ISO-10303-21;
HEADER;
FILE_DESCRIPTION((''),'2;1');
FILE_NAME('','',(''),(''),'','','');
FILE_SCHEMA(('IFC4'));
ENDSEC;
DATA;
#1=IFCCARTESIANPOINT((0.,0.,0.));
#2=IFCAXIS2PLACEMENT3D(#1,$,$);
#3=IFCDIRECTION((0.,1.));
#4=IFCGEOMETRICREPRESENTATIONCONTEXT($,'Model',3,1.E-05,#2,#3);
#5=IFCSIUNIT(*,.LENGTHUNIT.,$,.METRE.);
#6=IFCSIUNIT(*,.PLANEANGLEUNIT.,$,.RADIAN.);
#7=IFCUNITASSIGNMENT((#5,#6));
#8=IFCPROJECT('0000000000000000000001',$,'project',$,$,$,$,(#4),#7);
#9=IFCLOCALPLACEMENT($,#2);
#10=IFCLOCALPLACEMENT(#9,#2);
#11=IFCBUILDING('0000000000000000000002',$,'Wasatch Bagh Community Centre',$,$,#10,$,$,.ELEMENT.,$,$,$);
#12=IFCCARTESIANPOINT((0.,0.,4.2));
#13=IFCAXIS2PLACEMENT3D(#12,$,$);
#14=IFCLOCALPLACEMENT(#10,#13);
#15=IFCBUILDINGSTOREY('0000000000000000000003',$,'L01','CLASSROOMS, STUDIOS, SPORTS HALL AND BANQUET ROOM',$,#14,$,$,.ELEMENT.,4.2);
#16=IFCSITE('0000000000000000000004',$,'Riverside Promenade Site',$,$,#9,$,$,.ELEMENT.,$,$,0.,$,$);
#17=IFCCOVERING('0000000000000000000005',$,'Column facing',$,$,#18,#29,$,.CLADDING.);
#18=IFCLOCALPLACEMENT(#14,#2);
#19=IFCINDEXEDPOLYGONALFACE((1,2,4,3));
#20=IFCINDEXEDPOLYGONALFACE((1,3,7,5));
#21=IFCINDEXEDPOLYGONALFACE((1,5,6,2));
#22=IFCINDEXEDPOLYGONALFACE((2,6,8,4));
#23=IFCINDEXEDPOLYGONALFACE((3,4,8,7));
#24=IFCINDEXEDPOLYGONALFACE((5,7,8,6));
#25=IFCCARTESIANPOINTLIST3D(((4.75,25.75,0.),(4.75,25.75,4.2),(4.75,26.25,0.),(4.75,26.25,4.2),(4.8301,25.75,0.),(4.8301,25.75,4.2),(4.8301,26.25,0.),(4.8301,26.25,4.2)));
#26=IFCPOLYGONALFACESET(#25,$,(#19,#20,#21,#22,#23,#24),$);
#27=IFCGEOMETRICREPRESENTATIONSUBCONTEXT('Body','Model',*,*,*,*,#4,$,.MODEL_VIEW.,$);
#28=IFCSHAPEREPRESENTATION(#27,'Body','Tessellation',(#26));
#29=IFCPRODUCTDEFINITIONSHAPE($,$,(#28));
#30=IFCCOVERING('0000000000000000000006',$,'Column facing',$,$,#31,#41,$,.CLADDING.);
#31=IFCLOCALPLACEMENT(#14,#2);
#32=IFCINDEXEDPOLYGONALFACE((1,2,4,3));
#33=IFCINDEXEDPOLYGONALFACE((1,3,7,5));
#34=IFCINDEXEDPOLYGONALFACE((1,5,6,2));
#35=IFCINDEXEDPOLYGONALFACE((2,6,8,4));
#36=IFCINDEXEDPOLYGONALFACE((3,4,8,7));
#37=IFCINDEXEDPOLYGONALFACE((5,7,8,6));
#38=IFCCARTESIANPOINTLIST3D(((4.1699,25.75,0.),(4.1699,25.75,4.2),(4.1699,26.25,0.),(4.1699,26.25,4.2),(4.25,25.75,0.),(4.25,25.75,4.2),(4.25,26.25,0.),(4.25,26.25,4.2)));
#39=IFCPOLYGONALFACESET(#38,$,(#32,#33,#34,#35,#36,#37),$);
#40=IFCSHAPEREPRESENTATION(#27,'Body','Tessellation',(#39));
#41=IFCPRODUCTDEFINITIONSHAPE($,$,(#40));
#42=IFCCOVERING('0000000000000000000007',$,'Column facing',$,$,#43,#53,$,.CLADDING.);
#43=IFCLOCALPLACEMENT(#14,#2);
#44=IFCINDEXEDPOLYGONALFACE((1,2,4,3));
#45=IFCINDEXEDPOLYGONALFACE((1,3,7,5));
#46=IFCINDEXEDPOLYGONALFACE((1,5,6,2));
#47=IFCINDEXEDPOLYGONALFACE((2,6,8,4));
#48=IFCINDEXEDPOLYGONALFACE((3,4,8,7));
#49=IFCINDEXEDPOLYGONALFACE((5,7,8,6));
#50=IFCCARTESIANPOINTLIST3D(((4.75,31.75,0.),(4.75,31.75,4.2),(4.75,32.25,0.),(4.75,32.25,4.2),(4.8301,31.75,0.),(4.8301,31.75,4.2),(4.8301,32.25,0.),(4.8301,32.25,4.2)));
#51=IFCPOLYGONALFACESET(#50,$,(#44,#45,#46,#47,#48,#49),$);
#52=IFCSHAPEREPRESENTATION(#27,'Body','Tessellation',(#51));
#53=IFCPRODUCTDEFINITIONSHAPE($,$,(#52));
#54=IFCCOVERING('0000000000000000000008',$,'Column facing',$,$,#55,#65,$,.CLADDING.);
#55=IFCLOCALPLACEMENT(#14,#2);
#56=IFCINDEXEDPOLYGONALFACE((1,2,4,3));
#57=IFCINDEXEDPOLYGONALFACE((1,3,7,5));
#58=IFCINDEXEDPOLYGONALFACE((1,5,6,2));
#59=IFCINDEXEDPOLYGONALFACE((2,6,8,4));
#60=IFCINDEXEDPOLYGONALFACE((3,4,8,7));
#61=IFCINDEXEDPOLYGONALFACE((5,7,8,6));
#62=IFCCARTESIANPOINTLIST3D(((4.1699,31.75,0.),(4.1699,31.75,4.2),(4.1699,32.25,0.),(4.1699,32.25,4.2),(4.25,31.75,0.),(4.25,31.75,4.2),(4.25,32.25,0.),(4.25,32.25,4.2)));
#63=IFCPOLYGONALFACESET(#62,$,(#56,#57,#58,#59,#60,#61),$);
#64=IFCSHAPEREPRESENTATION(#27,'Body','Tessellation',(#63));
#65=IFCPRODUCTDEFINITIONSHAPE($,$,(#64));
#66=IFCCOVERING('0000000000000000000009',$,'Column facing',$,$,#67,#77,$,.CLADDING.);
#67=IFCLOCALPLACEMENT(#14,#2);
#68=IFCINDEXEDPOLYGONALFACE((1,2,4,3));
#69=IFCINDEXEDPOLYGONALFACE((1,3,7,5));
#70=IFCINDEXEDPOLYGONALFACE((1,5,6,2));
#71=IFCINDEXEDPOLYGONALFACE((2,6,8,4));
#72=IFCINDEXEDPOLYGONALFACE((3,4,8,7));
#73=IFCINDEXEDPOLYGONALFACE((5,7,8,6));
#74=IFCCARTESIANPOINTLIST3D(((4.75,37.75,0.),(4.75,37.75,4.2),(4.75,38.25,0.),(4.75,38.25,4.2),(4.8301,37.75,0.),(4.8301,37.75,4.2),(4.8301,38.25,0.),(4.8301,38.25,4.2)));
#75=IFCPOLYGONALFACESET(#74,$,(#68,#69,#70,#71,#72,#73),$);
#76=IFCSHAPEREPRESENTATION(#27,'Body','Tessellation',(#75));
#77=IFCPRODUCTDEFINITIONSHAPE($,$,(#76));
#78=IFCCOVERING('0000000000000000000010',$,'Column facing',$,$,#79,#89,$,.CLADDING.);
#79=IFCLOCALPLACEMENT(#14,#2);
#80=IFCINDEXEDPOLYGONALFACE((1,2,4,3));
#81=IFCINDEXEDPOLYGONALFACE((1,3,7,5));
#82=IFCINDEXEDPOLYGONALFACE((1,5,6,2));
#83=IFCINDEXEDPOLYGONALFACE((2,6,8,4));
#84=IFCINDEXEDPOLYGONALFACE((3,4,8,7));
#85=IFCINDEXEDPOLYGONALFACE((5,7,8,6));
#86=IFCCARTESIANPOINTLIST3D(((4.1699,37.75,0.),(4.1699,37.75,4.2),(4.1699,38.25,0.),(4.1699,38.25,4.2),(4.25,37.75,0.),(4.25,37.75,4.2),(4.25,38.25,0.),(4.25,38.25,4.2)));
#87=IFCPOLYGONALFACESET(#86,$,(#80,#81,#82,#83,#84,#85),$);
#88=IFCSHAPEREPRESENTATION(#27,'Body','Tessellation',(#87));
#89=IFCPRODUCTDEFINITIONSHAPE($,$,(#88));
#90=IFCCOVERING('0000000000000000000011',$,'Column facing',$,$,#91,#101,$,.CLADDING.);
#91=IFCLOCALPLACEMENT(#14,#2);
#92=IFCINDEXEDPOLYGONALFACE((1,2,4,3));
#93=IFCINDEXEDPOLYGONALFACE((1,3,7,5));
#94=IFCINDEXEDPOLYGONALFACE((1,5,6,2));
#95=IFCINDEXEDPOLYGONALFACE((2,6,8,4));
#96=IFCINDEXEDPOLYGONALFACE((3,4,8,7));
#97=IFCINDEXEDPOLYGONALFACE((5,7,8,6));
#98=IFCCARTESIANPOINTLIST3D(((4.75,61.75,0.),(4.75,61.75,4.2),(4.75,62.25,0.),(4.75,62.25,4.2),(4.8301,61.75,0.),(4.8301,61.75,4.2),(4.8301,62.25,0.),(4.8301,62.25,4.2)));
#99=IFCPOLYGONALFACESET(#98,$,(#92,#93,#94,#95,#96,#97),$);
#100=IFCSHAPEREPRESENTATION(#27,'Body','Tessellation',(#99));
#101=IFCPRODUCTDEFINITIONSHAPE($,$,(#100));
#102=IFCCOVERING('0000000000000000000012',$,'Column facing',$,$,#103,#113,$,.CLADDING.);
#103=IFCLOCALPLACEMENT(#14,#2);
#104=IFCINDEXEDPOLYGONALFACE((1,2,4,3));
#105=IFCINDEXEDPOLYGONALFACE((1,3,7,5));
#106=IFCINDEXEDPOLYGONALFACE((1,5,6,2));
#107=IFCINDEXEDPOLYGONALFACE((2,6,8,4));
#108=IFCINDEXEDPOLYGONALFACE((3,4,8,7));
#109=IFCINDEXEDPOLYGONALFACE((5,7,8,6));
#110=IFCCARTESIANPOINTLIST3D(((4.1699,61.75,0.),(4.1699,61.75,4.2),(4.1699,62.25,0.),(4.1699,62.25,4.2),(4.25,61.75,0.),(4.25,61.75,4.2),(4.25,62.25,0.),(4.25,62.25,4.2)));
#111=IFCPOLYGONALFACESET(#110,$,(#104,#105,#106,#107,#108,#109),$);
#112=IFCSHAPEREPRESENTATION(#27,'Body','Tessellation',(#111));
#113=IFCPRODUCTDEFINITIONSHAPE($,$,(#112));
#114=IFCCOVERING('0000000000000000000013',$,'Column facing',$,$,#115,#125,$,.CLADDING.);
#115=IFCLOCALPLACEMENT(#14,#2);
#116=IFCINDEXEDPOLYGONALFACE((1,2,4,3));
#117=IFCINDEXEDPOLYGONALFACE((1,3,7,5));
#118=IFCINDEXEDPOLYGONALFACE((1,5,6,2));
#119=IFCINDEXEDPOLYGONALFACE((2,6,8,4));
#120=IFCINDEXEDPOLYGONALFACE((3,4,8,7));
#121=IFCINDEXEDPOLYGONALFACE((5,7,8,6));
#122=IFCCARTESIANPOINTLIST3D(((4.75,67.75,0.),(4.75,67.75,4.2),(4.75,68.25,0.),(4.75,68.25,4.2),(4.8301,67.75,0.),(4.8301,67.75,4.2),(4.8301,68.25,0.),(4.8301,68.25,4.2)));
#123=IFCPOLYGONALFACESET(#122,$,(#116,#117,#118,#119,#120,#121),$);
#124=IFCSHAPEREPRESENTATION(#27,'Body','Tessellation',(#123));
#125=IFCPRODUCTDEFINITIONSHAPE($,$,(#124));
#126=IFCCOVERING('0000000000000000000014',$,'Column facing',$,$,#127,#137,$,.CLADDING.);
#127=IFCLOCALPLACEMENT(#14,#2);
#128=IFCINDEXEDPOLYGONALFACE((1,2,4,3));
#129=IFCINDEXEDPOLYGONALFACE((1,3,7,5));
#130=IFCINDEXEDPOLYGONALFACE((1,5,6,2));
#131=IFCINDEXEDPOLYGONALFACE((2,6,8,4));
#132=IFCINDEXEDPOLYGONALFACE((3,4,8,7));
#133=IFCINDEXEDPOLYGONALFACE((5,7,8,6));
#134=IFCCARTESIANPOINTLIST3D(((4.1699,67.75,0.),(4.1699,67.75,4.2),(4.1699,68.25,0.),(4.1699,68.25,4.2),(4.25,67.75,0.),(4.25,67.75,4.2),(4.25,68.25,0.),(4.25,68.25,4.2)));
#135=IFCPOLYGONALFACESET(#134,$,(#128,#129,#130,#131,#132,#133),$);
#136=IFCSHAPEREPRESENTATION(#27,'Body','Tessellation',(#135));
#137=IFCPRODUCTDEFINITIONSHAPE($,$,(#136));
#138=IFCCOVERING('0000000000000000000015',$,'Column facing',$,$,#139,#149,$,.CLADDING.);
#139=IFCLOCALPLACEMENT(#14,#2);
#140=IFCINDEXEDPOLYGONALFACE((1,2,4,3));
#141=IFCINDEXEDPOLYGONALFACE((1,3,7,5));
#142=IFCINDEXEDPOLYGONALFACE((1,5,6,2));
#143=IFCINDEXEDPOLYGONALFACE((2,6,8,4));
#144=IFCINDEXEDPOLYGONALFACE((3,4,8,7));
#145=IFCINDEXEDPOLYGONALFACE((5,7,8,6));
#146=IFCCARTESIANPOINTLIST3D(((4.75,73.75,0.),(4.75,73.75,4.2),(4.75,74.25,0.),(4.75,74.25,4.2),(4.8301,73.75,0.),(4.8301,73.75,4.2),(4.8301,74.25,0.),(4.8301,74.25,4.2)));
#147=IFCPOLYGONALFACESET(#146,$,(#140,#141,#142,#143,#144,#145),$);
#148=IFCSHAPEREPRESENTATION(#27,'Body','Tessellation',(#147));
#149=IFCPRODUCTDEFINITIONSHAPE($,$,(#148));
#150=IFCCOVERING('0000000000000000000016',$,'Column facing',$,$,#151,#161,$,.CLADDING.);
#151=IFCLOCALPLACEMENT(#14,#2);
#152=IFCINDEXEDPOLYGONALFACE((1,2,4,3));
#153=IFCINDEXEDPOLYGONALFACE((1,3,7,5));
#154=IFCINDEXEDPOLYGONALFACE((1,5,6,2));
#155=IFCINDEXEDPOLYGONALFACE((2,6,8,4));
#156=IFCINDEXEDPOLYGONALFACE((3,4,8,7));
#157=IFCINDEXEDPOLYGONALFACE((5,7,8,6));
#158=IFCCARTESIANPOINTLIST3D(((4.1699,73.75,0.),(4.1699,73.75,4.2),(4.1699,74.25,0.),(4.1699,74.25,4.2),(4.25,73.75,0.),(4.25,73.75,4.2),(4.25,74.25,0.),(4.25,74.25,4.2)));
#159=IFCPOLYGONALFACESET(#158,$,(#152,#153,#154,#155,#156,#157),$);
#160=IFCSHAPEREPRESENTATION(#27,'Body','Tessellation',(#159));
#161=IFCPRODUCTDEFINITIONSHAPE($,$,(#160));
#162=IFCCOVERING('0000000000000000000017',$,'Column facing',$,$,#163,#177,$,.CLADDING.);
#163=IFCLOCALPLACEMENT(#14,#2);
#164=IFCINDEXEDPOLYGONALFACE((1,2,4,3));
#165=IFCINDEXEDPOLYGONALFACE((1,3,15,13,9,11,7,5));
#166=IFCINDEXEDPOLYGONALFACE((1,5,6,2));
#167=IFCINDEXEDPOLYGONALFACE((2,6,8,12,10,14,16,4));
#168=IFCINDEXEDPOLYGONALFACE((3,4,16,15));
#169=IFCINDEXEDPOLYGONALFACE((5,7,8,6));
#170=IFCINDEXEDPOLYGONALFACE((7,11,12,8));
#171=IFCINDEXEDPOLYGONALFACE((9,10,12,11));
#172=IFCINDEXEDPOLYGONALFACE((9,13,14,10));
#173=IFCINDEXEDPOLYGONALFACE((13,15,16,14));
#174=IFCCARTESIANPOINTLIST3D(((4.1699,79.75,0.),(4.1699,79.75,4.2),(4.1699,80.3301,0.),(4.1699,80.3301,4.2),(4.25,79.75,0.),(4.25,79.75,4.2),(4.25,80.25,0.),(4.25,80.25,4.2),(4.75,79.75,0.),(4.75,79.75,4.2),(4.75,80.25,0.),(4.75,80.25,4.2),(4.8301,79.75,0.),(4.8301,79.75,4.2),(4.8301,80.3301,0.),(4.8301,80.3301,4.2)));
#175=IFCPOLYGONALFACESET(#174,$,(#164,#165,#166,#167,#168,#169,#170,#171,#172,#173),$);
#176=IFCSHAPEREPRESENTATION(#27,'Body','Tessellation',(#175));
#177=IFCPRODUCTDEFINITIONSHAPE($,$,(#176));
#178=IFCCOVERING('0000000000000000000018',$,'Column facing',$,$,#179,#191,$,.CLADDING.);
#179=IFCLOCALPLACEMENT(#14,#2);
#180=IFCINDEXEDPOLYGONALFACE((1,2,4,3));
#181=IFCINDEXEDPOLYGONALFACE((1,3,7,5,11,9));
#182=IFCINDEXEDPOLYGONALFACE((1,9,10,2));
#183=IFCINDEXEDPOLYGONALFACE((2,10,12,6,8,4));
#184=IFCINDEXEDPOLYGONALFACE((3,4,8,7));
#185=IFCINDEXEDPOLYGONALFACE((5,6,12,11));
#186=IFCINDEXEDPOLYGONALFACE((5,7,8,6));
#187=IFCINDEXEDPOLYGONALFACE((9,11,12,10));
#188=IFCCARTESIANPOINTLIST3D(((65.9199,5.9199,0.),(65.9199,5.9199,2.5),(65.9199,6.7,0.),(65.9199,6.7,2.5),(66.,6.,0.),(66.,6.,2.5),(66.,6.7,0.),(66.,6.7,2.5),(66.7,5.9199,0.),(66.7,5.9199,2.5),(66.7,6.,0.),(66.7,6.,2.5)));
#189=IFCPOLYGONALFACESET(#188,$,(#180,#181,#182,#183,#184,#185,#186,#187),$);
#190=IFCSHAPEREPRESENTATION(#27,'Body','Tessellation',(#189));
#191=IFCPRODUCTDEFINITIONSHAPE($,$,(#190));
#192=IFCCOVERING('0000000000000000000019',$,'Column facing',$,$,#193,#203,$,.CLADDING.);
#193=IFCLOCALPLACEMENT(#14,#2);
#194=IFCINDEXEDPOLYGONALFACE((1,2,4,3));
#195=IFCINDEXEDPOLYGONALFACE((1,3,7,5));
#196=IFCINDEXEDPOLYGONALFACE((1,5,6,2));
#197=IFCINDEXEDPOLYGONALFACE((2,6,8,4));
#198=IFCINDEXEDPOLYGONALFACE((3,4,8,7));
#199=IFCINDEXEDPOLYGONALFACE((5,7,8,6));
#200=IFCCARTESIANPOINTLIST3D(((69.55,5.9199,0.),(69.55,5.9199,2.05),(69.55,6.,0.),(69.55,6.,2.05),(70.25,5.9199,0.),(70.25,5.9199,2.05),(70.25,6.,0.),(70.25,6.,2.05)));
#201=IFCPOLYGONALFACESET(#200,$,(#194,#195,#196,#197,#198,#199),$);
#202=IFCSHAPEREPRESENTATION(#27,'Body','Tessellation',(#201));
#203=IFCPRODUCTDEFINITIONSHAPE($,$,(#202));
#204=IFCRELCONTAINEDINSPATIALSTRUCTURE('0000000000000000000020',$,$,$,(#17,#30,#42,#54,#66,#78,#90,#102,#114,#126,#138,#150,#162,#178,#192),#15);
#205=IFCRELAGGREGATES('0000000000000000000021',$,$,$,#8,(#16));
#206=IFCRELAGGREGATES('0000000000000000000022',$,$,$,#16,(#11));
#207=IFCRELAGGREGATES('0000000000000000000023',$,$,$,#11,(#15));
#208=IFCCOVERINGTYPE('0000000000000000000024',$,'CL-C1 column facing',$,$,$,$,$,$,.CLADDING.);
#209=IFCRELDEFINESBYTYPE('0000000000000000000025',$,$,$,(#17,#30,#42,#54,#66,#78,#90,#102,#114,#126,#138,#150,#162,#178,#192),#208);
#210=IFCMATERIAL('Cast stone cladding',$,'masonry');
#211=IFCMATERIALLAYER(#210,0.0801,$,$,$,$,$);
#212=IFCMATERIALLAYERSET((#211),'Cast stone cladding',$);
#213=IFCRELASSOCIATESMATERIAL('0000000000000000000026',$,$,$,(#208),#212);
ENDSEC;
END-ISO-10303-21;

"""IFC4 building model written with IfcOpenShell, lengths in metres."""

from ifc_helpers import new_model, si_unit, direction, frame, origin, place, context, subcontext, project, spatial, polyline, outline, extrude, material, layer, layer_set, type_object, element, save


model = new_model("IFC4")

# Units and contexts
model_context = context("Model", 3, precision=1e-05, world=origin(), true_north=direction((0.0, 1.0)))
body_context = subcontext(model_context, "Body", "Model", "MODEL_VIEW")
ifc_project = project(units=[si_unit("LENGTHUNIT", "METRE"), si_unit("PLANEANGLEUNIT", "RADIAN")], contexts=[model_context])

# Site, building, storey
site_placement = place(None, origin())
site = spatial("IfcSite", under=ifc_project, at=site_placement, Name="Riverside Promenade Site", CompositionType="ELEMENT", RefElevation=0.0)
building_placement = place(site_placement, origin())
building = spatial("IfcBuilding", under=site, at=building_placement, Name="Wasatch Bagh Community Centre", CompositionType="ELEMENT")
storey_placement = place(building_placement, frame((0.0, 0.0, 4.2)))
storey = spatial("IfcBuildingStorey", under=building, at=storey_placement, Name="L01", Description="CLASSROOMS, STUDIOS, SPORTS HALL AND BANQUET ROOM", CompositionType="ELEMENT", Elevation=4.2)

# Coverings
ifc_material = material(Name="Cast stone cladding", Category="masonry")
ifc_layer = layer(ifc_material, 0.0801)
ifc_layer_set = layer_set([ifc_layer], Name="Cast stone cladding")
covering_type = type_object("IfcCoveringType", Name="CL-C1 column facing", PredefinedType="CLADDING", material=ifc_layer_set)
covering_1_placement = place(storey_placement, origin())
element("IfcCovering", 1, at=covering_1_placement, inside=storey, type_object=covering_type, Name="Column facing", PredefinedType="CLADDING", context=body_context, shape_type="SweptSolid", body=[
    extrude(outline(polyline([(4.75, 26.25), (4.8301, 26.25), (4.8301, 25.75), (4.75, 25.75), (4.75, 26.25)])), origin(), (0.0, 0.0, 1.0), 4.2),
])
covering_2_placement = place(storey_placement, origin())
element("IfcCovering", 2, at=covering_2_placement, inside=storey, type_object=covering_type, Name="Column facing", PredefinedType="CLADDING", context=body_context, shape_type="SweptSolid", body=[
    extrude(outline(polyline([(4.25, 25.75), (4.1699, 25.75), (4.1699, 26.25), (4.25, 26.25), (4.25, 25.75)])), origin(), (0.0, 0.0, 1.0), 4.2),
])
covering_3_placement = place(storey_placement, origin())
element("IfcCovering", 3, at=covering_3_placement, inside=storey, type_object=covering_type, Name="Column facing", PredefinedType="CLADDING", context=body_context, shape_type="SweptSolid", body=[
    extrude(outline(polyline([(4.75, 32.25), (4.8301, 32.25), (4.8301, 31.75), (4.75, 31.75), (4.75, 32.25)])), origin(), (0.0, 0.0, 1.0), 4.2),
])
covering_4_placement = place(storey_placement, origin())
element("IfcCovering", 4, at=covering_4_placement, inside=storey, type_object=covering_type, Name="Column facing", PredefinedType="CLADDING", context=body_context, shape_type="SweptSolid", body=[
    extrude(outline(polyline([(4.25, 31.75), (4.1699, 31.75), (4.1699, 32.25), (4.25, 32.25), (4.25, 31.75)])), origin(), (0.0, 0.0, 1.0), 4.2),
])
covering_5_placement = place(storey_placement, origin())
element("IfcCovering", 5, at=covering_5_placement, inside=storey, type_object=covering_type, Name="Column facing", PredefinedType="CLADDING", context=body_context, shape_type="SweptSolid", body=[
    extrude(outline(polyline([(4.75, 38.25), (4.8301, 38.25), (4.8301, 37.75), (4.75, 37.75), (4.75, 38.25)])), origin(), (0.0, 0.0, 1.0), 4.2),
])
covering_6_placement = place(storey_placement, origin())
element("IfcCovering", 6, at=covering_6_placement, inside=storey, type_object=covering_type, Name="Column facing", PredefinedType="CLADDING", context=body_context, shape_type="SweptSolid", body=[
    extrude(outline(polyline([(4.25, 37.75), (4.1699, 37.75), (4.1699, 38.25), (4.25, 38.25), (4.25, 37.75)])), origin(), (0.0, 0.0, 1.0), 4.2),
])
covering_7_placement = place(storey_placement, origin())
element("IfcCovering", 7, at=covering_7_placement, inside=storey, type_object=covering_type, Name="Column facing", PredefinedType="CLADDING", context=body_context, shape_type="SweptSolid", body=[
    extrude(outline(polyline([(4.75, 62.25), (4.8301, 62.25), (4.8301, 61.75), (4.75, 61.75), (4.75, 62.25)])), origin(), (0.0, 0.0, 1.0), 4.2),
])
covering_8_placement = place(storey_placement, origin())
element("IfcCovering", 8, at=covering_8_placement, inside=storey, type_object=covering_type, Name="Column facing", PredefinedType="CLADDING", context=body_context, shape_type="SweptSolid", body=[
    extrude(outline(polyline([(4.25, 61.75), (4.1699, 61.75), (4.1699, 62.25), (4.25, 62.25), (4.25, 61.75)])), origin(), (0.0, 0.0, 1.0), 4.2),
])
covering_9_placement = place(storey_placement, origin())
element("IfcCovering", 9, at=covering_9_placement, inside=storey, type_object=covering_type, Name="Column facing", PredefinedType="CLADDING", context=body_context, shape_type="SweptSolid", body=[
    extrude(outline(polyline([(4.75, 68.25), (4.8301, 68.25), (4.8301, 67.75), (4.75, 67.75), (4.75, 68.25)])), origin(), (0.0, 0.0, 1.0), 4.2),
])
covering_10_placement = place(storey_placement, origin())
element("IfcCovering", 10, at=covering_10_placement, inside=storey, type_object=covering_type, Name="Column facing", PredefinedType="CLADDING", context=body_context, shape_type="SweptSolid", body=[
    extrude(outline(polyline([(4.25, 67.75), (4.1699, 67.75), (4.1699, 68.25), (4.25, 68.25), (4.25, 67.75)])), origin(), (0.0, 0.0, 1.0), 4.2),
])
covering_11_placement = place(storey_placement, origin())
element("IfcCovering", 11, at=covering_11_placement, inside=storey, type_object=covering_type, Name="Column facing", PredefinedType="CLADDING", context=body_context, shape_type="SweptSolid", body=[
    extrude(outline(polyline([(4.75, 74.25), (4.8301, 74.25), (4.8301, 73.75), (4.75, 73.75), (4.75, 74.25)])), origin(), (0.0, 0.0, 1.0), 4.2),
])
covering_12_placement = place(storey_placement, origin())
element("IfcCovering", 12, at=covering_12_placement, inside=storey, type_object=covering_type, Name="Column facing", PredefinedType="CLADDING", context=body_context, shape_type="SweptSolid", body=[
    extrude(outline(polyline([(4.25, 73.75), (4.1699, 73.75), (4.1699, 74.25), (4.25, 74.25), (4.25, 73.75)])), origin(), (0.0, 0.0, 1.0), 4.2),
])
covering_13_placement = place(storey_placement, origin())
element("IfcCovering", 13, at=covering_13_placement, inside=storey, type_object=covering_type, Name="Column facing", PredefinedType="CLADDING", context=body_context, shape_type="SweptSolid", body=[
    extrude(outline(polyline([(4.1699, 79.75), (4.1699, 80.3301), (4.8301, 80.3301), (4.8301, 79.75), (4.75, 79.75), (4.75, 80.25), (4.25, 80.25), (4.25, 79.75), (4.1699, 79.75)])), origin(), (0.0, 0.0, 1.0), 4.2),
])
covering_14_placement = place(storey_placement, origin())
element("IfcCovering", 14, at=covering_14_placement, inside=storey, type_object=covering_type, Name="Column facing", PredefinedType="CLADDING", context=body_context, shape_type="SweptSolid", body=[
    extrude(outline(polyline([(65.9199, 5.9199), (65.9199, 6.7), (66.0, 6.7), (66.0, 6.0), (66.7, 6.0), (66.7, 5.9199), (65.9199, 5.9199)])), origin(), (0.0, 0.0, 1.0), 2.5),
])
covering_15_placement = place(storey_placement, origin())
element("IfcCovering", 15, at=covering_15_placement, inside=storey, type_object=covering_type, Name="Column facing", PredefinedType="CLADDING", context=body_context, shape_type="SweptSolid", body=[
    extrude(outline(polyline([(69.55, 6.0), (70.25, 6.0), (70.25, 5.9199), (69.55, 5.9199), (69.55, 6.0)])), origin(), (0.0, 0.0, 1.0), 2.05),
])

save(model, "model.ifc")
